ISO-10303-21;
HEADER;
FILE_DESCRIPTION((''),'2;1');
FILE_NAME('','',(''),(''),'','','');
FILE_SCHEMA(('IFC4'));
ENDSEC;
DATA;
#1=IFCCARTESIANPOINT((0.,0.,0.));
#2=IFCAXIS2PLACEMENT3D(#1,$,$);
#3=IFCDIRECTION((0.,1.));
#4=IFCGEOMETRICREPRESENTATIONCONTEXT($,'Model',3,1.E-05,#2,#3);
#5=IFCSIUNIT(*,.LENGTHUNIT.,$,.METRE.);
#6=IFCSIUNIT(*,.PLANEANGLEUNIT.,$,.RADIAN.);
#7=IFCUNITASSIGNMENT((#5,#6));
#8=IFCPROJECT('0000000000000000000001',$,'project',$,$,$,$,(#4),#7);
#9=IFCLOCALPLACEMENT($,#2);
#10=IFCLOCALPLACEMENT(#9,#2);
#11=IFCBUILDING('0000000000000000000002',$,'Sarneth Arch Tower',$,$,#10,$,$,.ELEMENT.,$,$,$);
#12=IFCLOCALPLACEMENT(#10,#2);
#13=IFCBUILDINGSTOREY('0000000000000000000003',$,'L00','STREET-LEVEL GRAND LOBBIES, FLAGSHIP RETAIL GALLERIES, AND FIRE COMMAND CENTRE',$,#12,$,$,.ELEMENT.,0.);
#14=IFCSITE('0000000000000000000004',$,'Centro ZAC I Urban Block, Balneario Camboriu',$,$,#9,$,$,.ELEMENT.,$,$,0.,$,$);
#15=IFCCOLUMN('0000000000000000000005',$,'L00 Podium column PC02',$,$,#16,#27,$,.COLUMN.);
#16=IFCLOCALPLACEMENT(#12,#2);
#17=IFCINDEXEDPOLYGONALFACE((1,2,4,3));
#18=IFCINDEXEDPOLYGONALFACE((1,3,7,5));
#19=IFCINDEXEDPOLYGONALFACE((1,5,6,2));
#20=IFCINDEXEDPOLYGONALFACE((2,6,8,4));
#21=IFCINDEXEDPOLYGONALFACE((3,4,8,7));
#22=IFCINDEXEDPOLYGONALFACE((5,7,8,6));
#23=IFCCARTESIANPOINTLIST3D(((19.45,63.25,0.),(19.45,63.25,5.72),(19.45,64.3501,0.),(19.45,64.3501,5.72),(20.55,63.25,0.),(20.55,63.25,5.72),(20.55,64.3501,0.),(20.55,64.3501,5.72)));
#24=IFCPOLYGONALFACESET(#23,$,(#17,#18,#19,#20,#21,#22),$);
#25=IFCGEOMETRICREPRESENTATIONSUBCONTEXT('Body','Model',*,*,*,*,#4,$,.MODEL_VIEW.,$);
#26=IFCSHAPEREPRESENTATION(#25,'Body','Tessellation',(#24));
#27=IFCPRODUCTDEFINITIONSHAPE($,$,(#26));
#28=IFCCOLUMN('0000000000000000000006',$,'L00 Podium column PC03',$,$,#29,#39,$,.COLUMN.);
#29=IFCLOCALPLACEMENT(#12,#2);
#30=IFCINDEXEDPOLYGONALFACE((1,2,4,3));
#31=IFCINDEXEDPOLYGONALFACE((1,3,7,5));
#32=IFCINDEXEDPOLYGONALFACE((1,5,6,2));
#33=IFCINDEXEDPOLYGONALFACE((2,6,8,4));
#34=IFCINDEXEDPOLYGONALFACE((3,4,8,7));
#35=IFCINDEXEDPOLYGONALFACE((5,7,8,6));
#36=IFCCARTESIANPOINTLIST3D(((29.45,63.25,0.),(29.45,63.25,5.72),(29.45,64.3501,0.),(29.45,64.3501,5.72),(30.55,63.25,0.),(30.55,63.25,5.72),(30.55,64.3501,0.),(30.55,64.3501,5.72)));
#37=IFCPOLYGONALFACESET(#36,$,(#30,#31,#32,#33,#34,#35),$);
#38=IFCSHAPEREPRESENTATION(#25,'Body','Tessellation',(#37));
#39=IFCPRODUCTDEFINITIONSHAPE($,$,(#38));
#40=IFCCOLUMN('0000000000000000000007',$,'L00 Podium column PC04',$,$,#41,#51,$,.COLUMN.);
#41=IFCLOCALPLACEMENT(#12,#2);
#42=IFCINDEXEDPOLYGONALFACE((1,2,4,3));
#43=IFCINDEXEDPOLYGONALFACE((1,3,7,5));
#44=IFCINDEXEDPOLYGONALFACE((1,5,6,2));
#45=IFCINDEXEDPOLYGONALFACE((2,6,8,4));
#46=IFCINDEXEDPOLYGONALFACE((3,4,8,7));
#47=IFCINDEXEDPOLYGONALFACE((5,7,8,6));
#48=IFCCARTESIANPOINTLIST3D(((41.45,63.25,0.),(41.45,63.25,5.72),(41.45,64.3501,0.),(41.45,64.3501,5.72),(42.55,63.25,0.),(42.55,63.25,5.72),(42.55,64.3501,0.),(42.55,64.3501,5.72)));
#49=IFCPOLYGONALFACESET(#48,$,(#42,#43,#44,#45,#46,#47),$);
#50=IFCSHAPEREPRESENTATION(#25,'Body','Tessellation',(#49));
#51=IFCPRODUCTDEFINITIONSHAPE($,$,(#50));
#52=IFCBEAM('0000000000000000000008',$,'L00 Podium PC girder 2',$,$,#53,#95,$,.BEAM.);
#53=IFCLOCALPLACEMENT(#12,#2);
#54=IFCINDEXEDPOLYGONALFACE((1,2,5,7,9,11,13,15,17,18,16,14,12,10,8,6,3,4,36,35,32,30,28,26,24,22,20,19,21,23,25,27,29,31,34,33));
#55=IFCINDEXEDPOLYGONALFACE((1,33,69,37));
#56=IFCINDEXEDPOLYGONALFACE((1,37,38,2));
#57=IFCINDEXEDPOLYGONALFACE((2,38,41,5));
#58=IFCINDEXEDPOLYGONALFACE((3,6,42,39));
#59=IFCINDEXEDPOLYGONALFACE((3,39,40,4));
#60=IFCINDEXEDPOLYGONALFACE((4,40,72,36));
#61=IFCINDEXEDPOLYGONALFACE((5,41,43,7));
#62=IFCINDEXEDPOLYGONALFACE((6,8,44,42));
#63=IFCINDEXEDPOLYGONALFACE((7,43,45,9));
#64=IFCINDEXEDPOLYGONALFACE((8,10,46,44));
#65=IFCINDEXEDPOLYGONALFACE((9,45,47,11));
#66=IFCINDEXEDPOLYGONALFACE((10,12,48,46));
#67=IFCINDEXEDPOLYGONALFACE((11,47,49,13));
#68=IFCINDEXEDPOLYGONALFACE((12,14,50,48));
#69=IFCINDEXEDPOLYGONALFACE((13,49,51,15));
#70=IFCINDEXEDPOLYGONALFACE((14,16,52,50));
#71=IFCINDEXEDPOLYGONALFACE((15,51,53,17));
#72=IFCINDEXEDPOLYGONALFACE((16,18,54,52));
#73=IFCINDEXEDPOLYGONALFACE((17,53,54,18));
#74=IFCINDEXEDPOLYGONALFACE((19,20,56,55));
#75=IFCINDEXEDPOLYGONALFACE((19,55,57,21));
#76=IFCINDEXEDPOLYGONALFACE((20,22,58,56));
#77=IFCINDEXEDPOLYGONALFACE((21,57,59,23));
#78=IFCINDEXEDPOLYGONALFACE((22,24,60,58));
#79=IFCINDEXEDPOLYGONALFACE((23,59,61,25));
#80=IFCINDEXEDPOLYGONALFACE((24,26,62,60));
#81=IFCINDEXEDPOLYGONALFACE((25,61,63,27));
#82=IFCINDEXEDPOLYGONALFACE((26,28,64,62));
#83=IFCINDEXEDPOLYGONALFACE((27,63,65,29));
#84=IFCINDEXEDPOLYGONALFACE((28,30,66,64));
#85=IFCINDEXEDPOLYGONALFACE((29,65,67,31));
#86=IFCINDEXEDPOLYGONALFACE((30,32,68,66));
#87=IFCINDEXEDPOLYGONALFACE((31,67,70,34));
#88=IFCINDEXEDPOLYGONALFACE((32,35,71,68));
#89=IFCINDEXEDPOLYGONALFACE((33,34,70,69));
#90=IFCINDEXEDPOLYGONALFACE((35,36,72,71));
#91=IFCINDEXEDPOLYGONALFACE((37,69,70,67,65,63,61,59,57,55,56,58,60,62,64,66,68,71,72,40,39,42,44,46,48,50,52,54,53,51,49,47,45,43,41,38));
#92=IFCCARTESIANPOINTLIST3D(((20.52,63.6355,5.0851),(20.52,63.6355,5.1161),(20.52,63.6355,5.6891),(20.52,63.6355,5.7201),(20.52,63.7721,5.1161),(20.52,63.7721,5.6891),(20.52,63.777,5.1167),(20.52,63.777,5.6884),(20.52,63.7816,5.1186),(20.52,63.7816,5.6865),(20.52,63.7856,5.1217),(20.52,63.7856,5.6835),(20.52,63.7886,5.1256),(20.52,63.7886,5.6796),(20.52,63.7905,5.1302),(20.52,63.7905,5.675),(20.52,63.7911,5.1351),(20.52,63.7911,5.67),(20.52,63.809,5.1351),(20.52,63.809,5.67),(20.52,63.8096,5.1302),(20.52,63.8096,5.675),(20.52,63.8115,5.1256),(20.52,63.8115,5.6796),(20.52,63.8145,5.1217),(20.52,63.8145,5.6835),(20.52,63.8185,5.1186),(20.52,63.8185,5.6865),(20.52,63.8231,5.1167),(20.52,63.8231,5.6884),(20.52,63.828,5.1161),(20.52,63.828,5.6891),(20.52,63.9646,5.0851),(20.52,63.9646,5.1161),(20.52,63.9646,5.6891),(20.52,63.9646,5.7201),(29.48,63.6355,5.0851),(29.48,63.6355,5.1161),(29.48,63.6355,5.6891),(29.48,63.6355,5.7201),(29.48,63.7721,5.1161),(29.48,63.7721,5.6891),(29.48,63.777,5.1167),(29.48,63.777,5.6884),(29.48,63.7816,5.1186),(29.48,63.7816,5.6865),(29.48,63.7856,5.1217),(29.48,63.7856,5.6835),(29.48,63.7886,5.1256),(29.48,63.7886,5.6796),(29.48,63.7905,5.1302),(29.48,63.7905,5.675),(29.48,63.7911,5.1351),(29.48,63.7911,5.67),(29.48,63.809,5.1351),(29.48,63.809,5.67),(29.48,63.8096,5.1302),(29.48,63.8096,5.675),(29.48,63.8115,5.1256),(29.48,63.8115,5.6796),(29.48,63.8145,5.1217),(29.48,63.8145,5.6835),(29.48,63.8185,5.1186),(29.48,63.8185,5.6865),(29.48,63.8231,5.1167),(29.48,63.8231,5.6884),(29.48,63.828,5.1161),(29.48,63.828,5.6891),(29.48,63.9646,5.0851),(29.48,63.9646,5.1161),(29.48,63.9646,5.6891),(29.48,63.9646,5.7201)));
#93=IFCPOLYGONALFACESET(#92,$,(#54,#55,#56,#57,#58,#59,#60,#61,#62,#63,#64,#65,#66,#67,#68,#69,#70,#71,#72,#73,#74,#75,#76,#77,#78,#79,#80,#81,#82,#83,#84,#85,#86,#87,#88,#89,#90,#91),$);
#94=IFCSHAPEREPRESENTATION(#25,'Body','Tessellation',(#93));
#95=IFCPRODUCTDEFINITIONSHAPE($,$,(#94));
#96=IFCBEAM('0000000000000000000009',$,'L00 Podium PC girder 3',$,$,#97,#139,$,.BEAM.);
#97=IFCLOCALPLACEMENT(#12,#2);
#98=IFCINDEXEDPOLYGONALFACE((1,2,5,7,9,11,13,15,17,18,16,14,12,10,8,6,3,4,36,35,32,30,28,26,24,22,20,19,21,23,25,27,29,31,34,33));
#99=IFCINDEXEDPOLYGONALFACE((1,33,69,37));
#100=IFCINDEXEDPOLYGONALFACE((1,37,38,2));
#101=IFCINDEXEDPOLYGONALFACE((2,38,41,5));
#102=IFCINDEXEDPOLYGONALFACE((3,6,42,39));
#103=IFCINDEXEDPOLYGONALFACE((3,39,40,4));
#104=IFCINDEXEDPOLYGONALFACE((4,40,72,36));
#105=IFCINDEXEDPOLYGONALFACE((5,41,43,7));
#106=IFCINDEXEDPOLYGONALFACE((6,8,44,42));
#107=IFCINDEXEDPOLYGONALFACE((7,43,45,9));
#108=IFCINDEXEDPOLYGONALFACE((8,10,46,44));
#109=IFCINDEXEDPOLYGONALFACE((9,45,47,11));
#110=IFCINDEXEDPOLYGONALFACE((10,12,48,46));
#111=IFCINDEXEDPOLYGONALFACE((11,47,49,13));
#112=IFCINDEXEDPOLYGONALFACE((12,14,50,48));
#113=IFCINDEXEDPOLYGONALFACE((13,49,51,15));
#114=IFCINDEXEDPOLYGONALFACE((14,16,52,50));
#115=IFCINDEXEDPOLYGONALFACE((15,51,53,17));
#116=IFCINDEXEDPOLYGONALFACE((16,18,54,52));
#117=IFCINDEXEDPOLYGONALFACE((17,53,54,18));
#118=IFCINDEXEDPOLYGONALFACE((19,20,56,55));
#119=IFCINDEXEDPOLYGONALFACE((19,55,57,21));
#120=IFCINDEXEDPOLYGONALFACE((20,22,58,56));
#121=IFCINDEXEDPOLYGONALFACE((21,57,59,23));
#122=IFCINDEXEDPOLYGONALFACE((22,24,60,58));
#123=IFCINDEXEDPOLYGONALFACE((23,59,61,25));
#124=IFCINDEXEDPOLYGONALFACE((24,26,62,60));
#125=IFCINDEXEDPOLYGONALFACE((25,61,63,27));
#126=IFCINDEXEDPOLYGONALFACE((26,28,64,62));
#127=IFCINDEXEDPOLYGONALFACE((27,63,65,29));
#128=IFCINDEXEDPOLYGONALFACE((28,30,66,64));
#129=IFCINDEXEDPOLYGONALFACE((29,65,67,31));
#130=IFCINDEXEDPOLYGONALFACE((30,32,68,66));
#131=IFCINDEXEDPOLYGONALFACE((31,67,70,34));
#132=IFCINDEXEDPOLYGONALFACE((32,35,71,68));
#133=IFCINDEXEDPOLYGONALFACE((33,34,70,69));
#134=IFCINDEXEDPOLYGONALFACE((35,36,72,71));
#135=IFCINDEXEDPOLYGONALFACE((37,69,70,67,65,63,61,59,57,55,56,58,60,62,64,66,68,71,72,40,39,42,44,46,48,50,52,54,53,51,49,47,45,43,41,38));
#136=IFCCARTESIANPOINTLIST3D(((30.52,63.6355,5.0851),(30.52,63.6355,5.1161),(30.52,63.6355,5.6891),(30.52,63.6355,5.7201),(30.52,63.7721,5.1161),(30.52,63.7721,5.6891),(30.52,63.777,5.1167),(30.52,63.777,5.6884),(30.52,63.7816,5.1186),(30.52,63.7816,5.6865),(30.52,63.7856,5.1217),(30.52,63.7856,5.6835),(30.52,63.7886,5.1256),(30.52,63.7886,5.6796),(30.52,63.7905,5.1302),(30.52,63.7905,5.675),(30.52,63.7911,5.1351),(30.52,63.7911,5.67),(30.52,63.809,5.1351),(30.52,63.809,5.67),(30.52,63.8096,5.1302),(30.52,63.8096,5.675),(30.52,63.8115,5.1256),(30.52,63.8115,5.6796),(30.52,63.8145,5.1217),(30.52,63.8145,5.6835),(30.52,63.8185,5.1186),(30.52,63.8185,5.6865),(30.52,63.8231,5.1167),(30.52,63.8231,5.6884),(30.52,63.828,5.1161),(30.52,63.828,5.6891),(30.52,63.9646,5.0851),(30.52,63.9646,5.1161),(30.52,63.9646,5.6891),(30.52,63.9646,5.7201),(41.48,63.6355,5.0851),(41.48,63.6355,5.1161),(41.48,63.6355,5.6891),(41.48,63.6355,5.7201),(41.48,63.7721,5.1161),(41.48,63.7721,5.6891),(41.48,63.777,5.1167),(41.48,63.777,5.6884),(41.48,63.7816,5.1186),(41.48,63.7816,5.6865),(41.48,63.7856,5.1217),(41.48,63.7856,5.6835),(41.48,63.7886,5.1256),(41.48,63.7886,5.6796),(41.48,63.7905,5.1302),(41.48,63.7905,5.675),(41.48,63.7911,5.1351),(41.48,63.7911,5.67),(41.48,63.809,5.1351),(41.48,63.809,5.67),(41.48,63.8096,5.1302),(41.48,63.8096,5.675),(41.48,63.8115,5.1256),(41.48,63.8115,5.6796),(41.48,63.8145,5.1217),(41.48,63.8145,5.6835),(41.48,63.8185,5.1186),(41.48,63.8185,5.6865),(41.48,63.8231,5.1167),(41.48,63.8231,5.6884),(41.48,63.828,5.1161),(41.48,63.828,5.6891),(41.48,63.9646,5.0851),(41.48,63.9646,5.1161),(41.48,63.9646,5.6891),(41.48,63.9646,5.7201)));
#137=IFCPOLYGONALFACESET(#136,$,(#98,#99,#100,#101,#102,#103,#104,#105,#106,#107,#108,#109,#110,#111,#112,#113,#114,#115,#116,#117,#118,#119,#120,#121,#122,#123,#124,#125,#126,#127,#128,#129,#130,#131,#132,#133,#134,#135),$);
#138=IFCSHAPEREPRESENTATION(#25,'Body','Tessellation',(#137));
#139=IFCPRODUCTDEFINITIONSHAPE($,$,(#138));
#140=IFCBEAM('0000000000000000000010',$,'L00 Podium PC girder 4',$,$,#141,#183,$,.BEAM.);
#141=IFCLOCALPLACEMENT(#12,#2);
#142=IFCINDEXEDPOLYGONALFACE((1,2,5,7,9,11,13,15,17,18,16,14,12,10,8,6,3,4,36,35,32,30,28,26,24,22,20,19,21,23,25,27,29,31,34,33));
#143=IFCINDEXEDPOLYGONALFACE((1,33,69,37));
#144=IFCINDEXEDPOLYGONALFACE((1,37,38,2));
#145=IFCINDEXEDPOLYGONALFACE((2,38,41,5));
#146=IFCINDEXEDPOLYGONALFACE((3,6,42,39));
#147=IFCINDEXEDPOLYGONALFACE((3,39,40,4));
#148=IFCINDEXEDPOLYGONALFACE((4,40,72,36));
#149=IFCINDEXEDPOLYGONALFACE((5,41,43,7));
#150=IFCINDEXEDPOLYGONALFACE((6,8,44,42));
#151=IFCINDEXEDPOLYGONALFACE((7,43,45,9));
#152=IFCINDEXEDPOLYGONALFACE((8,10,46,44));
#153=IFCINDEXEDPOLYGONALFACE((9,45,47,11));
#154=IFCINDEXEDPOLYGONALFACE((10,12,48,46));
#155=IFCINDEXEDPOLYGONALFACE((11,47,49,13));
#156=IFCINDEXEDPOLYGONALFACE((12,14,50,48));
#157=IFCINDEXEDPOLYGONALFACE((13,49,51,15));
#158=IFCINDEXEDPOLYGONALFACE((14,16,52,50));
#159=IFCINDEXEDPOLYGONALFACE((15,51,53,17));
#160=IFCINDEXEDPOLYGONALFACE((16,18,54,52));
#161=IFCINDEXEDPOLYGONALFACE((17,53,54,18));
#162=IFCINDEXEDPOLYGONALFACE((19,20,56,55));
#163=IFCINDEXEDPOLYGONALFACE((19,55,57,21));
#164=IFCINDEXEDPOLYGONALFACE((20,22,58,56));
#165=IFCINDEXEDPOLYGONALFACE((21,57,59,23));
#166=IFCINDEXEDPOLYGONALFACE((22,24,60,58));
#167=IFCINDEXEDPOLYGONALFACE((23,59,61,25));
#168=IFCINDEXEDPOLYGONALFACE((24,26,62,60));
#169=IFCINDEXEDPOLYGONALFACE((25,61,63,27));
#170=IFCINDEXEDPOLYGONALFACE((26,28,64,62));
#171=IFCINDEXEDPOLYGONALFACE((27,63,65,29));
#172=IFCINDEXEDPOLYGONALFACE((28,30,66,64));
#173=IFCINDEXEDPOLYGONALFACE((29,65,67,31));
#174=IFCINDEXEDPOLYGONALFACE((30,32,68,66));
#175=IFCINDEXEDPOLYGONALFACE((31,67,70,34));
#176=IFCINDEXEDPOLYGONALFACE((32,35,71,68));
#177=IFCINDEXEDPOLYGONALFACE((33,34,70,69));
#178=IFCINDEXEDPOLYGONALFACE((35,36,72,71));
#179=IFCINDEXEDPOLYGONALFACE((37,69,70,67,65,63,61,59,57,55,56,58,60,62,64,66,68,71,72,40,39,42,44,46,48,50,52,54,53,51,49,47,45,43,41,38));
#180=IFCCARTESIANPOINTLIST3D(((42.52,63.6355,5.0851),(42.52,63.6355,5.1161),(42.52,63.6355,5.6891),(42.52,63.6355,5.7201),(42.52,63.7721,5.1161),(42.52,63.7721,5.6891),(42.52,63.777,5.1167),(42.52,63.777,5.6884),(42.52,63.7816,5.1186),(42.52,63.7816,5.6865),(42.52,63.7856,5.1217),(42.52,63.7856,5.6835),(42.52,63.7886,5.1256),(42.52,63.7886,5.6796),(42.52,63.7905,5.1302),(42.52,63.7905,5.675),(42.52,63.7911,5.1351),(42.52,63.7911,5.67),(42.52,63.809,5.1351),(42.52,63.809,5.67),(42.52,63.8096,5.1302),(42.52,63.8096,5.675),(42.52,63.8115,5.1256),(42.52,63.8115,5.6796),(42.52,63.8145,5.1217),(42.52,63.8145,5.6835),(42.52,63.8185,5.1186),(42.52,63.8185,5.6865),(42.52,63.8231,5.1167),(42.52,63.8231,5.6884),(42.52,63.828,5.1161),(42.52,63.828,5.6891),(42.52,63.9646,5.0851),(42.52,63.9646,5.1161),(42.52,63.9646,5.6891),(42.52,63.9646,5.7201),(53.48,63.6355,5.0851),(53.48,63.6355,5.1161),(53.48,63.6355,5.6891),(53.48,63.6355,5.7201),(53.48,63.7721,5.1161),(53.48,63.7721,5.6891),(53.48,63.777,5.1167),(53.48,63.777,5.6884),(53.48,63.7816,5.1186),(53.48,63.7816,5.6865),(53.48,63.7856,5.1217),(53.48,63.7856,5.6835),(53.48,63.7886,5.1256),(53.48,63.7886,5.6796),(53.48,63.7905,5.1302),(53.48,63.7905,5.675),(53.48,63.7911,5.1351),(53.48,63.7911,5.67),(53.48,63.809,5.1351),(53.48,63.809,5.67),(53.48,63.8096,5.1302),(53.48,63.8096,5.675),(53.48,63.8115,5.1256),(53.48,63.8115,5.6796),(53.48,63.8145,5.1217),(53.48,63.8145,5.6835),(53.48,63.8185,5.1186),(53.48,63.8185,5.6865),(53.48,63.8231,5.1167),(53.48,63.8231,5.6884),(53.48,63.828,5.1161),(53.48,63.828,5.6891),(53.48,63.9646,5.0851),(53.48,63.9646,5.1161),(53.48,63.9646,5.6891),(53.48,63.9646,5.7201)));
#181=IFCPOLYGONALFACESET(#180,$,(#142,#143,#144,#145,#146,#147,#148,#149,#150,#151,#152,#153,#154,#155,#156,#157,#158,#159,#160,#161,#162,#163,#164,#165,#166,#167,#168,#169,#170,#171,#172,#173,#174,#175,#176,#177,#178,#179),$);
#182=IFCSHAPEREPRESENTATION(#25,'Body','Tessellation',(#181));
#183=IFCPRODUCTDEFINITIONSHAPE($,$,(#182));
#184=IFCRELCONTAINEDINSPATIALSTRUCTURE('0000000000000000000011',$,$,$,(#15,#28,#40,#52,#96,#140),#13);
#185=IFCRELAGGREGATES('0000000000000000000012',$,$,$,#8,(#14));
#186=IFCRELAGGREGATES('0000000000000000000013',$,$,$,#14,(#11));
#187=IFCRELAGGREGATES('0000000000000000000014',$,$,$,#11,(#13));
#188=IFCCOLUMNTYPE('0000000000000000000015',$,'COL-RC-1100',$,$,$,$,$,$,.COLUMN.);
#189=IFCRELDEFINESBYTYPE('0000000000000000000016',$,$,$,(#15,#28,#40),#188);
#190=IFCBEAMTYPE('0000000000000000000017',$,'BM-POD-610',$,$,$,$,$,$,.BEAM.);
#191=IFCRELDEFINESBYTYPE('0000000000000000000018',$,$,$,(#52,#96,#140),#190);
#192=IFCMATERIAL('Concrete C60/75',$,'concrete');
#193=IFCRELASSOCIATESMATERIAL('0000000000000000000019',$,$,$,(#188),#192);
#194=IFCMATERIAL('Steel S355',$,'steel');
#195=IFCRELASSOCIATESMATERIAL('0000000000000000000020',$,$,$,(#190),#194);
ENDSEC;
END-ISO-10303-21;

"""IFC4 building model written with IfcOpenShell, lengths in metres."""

from ifc_helpers import new_model, si_unit, direction, frame, origin, origin_2d, place, context, subcontext, project, spatial, rectangle, i_section, extrude, material, material_profile, profile_set, type_object, element, save


model = new_model("IFC4")

# Units and contexts
model_context = context("Model", 3, precision=1e-05, world=origin(), true_north=direction((0.0, 1.0)))
body_context = subcontext(model_context, "Body", "Model", "MODEL_VIEW")
ifc_project = project(units=[si_unit("LENGTHUNIT", "METRE"), si_unit("PLANEANGLEUNIT", "RADIAN")], contexts=[model_context])

# Site, building, storey
site_placement = place(None, origin())
site = spatial("IfcSite", under=ifc_project, at=site_placement, Name="Centro ZAC I Urban Block, Balneario Camboriu", CompositionType="ELEMENT", RefElevation=0.0)
building_placement = place(site_placement, origin())
building = spatial("IfcBuilding", under=site, at=building_placement, Name="Sarneth Arch Tower", CompositionType="ELEMENT")
storey_placement = place(building_placement, origin())
storey = spatial("IfcBuildingStorey", under=building, at=storey_placement, Name="L00", Description="STREET-LEVEL GRAND LOBBIES, FLAGSHIP RETAIL GALLERIES, AND FIRE COMMAND CENTRE", CompositionType="ELEMENT", Elevation=0.0)

# Columns
ifc_material_1 = material(Name="Concrete C60/75", Category="concrete")
ifc_material_profile_1 = material_profile(ifc_material_1, rectangle(XDim=1.1001, YDim=1.1001, at=origin_2d()), Name="RC-1100x1100")
ifc_profile_set_1 = profile_set([ifc_material_profile_1], Name="Concrete C60/75")
column_type = type_object("IfcColumnType", Name="COL-RC-1100", PredefinedType="COLUMN", material=ifc_profile_set_1)
for number, where, z_axis, x_axis, name in (
    (1, (20.0, 63.8, 0.0), (0.0, 0.0, 1.0), (1.0, 0.0, 0.0), "L00 Podium column PC02"),
    (2, (30.0, 63.8, 0.0), (0.0, 0.0, 1.0), (1.0, 0.0, 0.0), "L00 Podium column PC03"),
    (3, (42.0, 63.8, 0.0), (0.0, 0.0, 1.0), (1.0, 0.0, 0.0), "L00 Podium column PC04"),
):
    element("IfcColumn", number, at=place(storey_placement, frame(where, z_axis=z_axis, x_axis=x_axis)), inside=storey, type_object=column_type, Name=name, PredefinedType="COLUMN", context=body_context, shape_type="SweptSolid", body=[
        extrude(rectangle(XDim=1.1001, YDim=1.1001, at=origin_2d()), origin(), (0.0, 0.0, 1.0), 5.72),
    ])

# Beams
ifc_material_2 = material(Name="Steel S355", Category="steel")
ifc_material_profile_2 = material_profile(ifc_material_2, i_section(OverallWidth=0.3291, OverallDepth=0.635, WebThickness=0.0178, FlangeThickness=0.031, FilletRadius=0.019, at=origin_2d()), Name="W610x241")
ifc_profile_set_2 = profile_set([ifc_material_profile_2], Name="Steel S355")
beam_type = type_object("IfcBeamType", Name="BM-POD-610", PredefinedType="BEAM", material=ifc_profile_set_2)
beam_placement = place(storey_placement, frame((20.52, 63.8, 5.4026), z_axis=(1.0, 0.0, 0.0), x_axis=(0.0, 1.0, 0.0)))
element("IfcBeam", 4, at=beam_placement, inside=storey, type_object=beam_type, Name="L00 Podium PC girder 2", PredefinedType="BEAM", context=body_context, shape_type="SweptSolid", body=[
    extrude(i_section(OverallWidth=0.3291, OverallDepth=0.635, WebThickness=0.0178, FlangeThickness=0.031, FilletRadius=0.019, at=origin_2d()), origin(), (0.0, 0.0, 1.0), 8.96),
])
for number, where, z_axis, x_axis, name in (
    (5, (30.52, 63.8, 5.4026), (1.0, 0.0, 0.0), (0.0, 1.0, 0.0), "L00 Podium PC girder 3"),
    (6, (42.52, 63.8, 5.4026), (1.0, 0.0, 0.0), (0.0, 1.0, 0.0), "L00 Podium PC girder 4"),
):
    element("IfcBeam", number, at=place(storey_placement, frame(where, z_axis=z_axis, x_axis=x_axis)), inside=storey, type_object=beam_type, Name=name, PredefinedType="BEAM", context=body_context, shape_type="SweptSolid", body=[
        extrude(i_section(OverallWidth=0.3291, OverallDepth=0.635, WebThickness=0.0178, FlangeThickness=0.031, FilletRadius=0.019, at=origin_2d()), origin(), (0.0, 0.0, 1.0), 10.96),
    ])

save(model, "model.ifc")
